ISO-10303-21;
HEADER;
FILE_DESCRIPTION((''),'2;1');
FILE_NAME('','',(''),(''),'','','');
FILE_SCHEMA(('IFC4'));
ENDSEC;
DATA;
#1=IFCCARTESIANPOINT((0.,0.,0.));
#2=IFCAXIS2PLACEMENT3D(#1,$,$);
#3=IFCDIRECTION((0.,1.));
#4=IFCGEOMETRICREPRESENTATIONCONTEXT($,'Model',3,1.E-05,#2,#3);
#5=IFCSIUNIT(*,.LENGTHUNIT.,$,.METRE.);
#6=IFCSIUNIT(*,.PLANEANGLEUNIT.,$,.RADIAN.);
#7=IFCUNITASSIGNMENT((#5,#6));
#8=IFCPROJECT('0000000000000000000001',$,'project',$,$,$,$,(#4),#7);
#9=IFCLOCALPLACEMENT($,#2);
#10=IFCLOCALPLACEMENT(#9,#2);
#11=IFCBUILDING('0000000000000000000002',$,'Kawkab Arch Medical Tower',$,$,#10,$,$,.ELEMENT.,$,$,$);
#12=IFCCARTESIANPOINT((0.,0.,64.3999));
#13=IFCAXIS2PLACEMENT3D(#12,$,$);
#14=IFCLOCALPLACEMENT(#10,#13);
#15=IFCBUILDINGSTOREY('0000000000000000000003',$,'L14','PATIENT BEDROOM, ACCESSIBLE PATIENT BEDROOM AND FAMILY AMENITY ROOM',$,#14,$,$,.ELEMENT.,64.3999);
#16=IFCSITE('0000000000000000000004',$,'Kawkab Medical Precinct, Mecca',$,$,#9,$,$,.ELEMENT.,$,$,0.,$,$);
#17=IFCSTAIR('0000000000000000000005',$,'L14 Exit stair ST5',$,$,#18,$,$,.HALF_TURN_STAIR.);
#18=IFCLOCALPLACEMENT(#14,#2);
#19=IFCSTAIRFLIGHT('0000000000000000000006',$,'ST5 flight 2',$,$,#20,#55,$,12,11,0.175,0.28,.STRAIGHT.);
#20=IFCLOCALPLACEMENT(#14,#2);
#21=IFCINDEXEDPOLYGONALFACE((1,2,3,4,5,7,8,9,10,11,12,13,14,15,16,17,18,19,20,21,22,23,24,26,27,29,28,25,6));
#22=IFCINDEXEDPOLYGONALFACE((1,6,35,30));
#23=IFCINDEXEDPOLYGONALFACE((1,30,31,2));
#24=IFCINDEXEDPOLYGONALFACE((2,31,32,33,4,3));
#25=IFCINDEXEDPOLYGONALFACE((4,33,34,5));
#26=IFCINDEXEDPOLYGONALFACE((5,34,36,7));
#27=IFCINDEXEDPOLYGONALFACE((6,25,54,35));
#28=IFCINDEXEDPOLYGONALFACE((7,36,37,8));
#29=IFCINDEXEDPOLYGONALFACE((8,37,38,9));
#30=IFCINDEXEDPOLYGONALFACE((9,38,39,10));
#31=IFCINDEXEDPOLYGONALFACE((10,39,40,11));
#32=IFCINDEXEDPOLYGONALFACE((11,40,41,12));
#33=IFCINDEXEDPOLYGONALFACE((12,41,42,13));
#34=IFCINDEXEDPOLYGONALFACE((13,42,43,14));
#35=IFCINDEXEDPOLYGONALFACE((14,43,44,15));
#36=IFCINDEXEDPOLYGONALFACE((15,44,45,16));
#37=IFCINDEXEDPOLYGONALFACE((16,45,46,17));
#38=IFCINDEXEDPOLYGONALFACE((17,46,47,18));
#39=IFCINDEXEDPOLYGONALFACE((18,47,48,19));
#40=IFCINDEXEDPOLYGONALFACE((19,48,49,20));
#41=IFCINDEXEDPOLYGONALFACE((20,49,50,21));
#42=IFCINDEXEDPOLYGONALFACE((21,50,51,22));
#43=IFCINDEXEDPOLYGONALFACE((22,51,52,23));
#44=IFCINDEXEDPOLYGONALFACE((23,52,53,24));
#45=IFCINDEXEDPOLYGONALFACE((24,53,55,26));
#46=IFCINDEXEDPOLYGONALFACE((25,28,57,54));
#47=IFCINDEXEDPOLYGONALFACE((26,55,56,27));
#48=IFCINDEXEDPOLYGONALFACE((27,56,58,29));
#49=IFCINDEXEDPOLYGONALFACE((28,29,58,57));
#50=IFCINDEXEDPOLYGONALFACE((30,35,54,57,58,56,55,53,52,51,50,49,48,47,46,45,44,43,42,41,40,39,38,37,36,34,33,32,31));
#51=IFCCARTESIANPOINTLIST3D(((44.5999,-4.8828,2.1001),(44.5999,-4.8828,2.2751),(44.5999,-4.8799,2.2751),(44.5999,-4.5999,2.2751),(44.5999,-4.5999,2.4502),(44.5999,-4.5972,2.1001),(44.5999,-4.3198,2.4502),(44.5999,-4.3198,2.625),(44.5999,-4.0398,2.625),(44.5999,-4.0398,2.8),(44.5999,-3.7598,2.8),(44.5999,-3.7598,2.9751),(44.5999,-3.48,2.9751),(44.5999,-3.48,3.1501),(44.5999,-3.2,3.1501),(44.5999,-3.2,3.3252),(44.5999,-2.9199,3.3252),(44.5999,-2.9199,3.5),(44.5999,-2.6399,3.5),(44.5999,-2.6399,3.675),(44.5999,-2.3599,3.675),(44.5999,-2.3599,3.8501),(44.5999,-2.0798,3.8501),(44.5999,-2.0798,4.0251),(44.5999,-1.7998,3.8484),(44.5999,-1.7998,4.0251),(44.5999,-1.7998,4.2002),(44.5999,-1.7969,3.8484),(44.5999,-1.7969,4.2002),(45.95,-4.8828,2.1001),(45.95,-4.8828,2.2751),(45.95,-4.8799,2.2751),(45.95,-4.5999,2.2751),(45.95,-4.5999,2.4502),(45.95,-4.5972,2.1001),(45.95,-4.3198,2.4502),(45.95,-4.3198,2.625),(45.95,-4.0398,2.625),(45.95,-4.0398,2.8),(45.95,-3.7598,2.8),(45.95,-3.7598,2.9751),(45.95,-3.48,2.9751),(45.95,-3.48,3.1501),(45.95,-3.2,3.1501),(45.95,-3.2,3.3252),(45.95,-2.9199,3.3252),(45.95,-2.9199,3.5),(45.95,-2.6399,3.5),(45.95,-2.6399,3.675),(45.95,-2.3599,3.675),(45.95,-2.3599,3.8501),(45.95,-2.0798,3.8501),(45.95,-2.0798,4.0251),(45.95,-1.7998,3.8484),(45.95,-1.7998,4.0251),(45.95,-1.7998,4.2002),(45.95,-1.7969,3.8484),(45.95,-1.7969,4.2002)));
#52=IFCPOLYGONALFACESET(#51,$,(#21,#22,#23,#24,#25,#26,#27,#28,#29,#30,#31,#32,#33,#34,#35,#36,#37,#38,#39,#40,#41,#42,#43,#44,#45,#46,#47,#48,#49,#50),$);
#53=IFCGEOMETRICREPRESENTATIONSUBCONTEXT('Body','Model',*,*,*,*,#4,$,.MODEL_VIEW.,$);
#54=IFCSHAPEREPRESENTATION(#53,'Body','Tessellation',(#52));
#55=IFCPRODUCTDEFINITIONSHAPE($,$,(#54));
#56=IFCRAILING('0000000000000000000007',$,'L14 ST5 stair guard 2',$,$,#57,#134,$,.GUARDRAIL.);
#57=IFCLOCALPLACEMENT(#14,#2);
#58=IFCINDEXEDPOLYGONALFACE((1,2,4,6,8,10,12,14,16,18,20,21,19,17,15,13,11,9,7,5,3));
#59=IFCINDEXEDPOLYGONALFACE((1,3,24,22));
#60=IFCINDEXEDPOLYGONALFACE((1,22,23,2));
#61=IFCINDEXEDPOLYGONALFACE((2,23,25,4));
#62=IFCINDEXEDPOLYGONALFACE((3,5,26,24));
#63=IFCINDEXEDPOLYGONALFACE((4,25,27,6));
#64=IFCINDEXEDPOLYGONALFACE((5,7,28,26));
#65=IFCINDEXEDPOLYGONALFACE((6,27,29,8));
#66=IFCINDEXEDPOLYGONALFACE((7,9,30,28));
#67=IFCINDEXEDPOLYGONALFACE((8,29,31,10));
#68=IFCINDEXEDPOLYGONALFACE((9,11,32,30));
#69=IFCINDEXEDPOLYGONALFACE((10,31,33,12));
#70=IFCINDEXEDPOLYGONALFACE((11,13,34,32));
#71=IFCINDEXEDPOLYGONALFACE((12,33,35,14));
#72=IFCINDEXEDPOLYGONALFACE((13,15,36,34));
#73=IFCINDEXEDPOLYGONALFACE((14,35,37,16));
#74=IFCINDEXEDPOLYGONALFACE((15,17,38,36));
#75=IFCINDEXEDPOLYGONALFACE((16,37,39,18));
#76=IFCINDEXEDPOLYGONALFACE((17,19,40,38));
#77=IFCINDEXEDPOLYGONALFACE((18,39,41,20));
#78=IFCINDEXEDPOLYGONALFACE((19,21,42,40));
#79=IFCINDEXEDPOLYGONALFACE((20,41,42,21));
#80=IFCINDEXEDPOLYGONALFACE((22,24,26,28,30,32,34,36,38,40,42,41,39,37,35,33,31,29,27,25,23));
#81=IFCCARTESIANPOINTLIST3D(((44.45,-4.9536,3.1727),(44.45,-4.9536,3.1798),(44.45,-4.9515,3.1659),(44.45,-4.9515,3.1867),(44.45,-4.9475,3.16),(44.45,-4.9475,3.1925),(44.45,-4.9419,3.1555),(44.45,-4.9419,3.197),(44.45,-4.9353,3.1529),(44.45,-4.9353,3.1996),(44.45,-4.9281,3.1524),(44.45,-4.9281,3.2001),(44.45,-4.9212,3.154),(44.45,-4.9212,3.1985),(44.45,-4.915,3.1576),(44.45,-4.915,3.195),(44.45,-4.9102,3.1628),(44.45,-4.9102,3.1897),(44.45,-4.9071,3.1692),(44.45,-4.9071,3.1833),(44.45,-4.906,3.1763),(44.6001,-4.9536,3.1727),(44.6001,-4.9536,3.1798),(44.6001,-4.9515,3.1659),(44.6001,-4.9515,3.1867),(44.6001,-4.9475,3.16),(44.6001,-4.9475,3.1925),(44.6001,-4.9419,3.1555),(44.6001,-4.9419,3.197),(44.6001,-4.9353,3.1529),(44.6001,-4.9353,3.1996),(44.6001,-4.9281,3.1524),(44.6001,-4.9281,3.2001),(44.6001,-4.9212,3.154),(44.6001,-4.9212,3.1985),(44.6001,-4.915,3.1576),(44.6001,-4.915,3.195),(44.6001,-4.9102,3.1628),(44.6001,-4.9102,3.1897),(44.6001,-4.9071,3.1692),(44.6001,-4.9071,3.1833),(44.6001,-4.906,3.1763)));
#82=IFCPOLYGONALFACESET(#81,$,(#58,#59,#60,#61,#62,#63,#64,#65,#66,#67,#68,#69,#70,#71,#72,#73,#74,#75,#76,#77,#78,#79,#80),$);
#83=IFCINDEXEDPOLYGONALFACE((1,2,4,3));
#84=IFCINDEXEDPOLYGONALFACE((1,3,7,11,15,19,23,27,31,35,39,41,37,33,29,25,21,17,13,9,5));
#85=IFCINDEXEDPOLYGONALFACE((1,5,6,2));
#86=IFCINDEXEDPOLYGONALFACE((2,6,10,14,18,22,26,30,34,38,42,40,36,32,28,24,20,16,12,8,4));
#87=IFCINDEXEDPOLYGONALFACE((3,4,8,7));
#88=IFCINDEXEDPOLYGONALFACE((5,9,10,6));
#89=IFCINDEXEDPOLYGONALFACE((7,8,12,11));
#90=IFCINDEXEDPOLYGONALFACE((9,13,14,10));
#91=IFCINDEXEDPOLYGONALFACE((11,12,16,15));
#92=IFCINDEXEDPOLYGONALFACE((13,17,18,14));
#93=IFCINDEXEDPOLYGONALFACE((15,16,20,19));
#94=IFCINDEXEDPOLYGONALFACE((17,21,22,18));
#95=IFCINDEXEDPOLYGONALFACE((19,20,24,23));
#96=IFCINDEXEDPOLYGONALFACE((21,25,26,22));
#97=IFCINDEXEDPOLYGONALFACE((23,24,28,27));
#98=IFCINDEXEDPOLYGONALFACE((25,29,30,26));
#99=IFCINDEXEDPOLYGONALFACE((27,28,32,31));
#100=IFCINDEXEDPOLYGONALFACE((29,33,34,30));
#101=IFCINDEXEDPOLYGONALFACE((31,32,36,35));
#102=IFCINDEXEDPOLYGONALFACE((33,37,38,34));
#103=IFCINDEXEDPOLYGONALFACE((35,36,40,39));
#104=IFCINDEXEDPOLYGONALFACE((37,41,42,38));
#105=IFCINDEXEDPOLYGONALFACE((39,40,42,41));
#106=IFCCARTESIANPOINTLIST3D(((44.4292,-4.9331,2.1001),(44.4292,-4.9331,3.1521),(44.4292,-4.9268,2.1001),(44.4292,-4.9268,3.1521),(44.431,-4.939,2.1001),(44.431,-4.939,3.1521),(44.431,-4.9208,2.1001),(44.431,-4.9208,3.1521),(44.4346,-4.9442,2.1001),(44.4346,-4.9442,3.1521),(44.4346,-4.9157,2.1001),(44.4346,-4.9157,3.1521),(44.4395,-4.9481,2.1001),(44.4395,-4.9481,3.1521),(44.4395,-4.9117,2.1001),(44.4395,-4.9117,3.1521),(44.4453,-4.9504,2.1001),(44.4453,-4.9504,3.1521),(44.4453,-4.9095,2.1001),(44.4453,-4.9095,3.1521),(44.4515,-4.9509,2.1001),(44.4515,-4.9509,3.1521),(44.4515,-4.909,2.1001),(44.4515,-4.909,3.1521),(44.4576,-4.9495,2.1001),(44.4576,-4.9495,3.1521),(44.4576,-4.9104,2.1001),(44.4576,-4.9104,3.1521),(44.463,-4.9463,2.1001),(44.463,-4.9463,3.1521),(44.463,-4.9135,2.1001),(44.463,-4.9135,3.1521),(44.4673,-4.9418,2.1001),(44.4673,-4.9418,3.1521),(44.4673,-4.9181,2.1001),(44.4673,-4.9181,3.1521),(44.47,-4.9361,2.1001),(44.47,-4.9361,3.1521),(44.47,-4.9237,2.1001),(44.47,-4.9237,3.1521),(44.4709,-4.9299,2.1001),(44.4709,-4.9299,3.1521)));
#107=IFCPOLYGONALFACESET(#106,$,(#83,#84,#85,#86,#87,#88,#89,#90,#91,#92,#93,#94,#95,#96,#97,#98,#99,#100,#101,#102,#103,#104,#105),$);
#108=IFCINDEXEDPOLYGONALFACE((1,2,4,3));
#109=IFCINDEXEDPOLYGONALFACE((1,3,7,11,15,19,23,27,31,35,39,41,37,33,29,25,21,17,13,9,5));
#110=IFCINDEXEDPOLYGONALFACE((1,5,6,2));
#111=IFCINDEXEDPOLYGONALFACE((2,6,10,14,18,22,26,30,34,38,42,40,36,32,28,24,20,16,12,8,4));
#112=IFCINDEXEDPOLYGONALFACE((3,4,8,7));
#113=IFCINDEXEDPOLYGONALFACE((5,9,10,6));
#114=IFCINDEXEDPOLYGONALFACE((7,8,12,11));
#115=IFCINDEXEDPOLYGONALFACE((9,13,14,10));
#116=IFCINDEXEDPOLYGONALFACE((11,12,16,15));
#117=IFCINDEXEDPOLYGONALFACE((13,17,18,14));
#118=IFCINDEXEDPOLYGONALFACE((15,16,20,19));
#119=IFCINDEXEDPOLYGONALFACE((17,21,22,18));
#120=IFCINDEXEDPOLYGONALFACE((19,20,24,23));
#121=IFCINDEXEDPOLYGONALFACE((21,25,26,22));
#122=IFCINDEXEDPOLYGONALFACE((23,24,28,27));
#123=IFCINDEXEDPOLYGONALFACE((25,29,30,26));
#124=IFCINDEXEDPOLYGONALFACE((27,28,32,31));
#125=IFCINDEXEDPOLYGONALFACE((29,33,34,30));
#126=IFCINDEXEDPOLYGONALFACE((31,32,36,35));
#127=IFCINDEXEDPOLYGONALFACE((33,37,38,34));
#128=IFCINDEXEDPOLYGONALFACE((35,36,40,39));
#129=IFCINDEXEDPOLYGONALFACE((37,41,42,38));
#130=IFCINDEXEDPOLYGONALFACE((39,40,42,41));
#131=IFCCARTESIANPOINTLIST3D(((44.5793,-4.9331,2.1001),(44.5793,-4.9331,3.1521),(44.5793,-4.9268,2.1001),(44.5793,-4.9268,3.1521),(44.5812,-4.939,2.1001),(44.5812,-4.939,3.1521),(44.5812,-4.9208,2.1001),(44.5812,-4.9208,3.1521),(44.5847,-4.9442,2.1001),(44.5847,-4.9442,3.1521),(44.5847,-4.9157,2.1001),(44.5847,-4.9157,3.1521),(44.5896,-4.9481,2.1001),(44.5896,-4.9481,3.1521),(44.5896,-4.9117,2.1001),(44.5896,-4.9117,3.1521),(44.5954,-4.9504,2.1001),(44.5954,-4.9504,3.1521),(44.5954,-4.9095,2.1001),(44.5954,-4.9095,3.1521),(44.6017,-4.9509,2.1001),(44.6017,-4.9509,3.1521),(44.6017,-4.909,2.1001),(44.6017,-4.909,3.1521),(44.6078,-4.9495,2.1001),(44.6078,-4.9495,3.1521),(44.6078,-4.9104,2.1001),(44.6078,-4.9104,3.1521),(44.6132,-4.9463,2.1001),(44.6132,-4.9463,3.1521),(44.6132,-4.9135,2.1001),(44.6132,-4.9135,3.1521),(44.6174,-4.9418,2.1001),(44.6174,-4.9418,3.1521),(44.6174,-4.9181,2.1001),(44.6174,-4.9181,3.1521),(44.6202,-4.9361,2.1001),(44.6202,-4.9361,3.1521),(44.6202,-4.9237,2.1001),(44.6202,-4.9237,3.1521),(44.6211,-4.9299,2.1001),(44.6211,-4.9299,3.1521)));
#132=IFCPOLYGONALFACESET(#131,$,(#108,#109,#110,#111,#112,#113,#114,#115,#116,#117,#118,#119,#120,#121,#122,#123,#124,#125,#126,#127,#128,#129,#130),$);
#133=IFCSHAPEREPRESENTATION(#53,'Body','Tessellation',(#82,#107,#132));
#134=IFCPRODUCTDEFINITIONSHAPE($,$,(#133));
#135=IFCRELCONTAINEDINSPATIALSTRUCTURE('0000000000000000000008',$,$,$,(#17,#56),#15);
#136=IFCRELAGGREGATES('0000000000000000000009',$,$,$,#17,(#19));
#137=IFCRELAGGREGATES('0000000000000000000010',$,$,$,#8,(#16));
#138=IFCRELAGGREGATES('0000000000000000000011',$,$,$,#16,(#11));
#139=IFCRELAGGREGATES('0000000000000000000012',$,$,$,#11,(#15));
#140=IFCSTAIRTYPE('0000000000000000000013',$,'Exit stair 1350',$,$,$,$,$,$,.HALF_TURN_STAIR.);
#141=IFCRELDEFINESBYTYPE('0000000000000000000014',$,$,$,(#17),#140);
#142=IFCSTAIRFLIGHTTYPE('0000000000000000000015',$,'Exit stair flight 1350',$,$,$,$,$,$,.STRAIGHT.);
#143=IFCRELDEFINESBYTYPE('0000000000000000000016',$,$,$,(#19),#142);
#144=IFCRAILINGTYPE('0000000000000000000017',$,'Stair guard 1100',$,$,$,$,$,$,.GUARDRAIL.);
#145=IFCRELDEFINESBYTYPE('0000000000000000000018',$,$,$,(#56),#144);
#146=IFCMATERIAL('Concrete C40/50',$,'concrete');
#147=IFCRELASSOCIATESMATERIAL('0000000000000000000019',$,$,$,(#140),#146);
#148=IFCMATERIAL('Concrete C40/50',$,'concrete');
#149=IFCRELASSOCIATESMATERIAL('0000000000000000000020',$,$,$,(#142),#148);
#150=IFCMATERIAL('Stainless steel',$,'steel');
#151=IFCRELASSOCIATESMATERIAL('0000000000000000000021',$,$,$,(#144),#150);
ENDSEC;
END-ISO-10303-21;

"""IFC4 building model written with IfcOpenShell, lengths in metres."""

from ifc_helpers import new_model, si_unit, direction, frame, origin, origin_2d, place, context, subcontext, project, spatial, polyline, circle, outline, extrude, material, type_object, element, aggregate, save


model = new_model("IFC4")

# Units and contexts
model_context = context("Model", 3, precision=1e-05, world=origin(), true_north=direction((0.0, 1.0)))
body_context = subcontext(model_context, "Body", "Model", "MODEL_VIEW")
ifc_project = project(units=[si_unit("LENGTHUNIT", "METRE"), si_unit("PLANEANGLEUNIT", "RADIAN")], contexts=[model_context])

# Site, building, storey
site_placement = place(None, origin())
site = spatial("IfcSite", under=ifc_project, at=site_placement, Name="Kawkab Medical Precinct, Mecca", CompositionType="ELEMENT", RefElevation=0.0)
building_placement = place(site_placement, origin())
building = spatial("IfcBuilding", under=site, at=building_placement, Name="Kawkab Arch Medical Tower", CompositionType="ELEMENT")
storey_placement = place(building_placement, frame((0.0, 0.0, 64.3999)))
storey = spatial("IfcBuildingStorey", under=building, at=storey_placement, Name="L14", Description="PATIENT BEDROOM, ACCESSIBLE PATIENT BEDROOM AND FAMILY AMENITY ROOM", CompositionType="ELEMENT", Elevation=64.3999)

# Stair, stair flight
ifc_material_1 = material(Name="Concrete C40/50", Category="concrete")
stair_type = type_object("IfcStairType", Name="Exit stair 1350", PredefinedType="HALF_TURN_STAIR", material=ifc_material_1)
stair_placement = place(storey_placement, origin())
stair = element("IfcStair", 1, at=stair_placement, inside=storey, type_object=stair_type, Name="L14 Exit stair ST5", PredefinedType="HALF_TURN_STAIR")
ifc_material_2 = material(Name="Concrete C40/50", Category="concrete")
stair_flight_type = type_object("IfcStairFlightType", Name="Exit stair flight 1350", PredefinedType="STRAIGHT", material=ifc_material_2)
stair_flight_1_placement = place(storey_placement, frame((45.2749, -4.8799, 2.1001), z_axis=(0.0, 0.0, 1.0), x_axis=(0.0, 1.0, 0.0)))
stair_flight_1 = element("IfcStairFlight", 2, at=stair_flight_1_placement, type_object=stair_flight_type, Name="ST5 flight 2", NumberOfRisers=12, NumberOfTreads=11, PredefinedType="STRAIGHT", RiserHeight=0.175, TreadLength=0.28, context=body_context, shape_type="SweptSolid", body=[
    extrude(outline(polyline([(-0.0029, 0.0), (-0.0029, 0.175), (0.0, 0.175), (0.28, 0.175), (0.28, 0.3501), (0.5601, 0.3501), (0.5601, 0.5249), (0.8401, 0.5249), (0.8401, 0.7), (1.1201, 0.7), (1.1201, 0.875), (1.3999, 0.875), (1.3999, 1.05), (1.6799, 1.05), (1.6799, 1.2251), (1.96, 1.2251), (1.96, 1.3999), (2.24, 1.3999), (2.24, 1.575), (2.52, 1.575), (2.52, 1.75), (2.8, 1.75), (2.8, 1.925), (3.0801, 1.925), (3.0801, 2.1001), (3.083, 2.1001), (3.083, 1.7483), (3.0801, 1.7483), (0.2827, 0.0), (-0.0029, 0.0)])), frame((0.0, 0.675, 0.0), z_axis=(0.0, -1.0, 0.0), x_axis=(1.0, 0.0, 0.0)), (0.0, 0.0, 1.0), 1.3501),
])
aggregate(stair, [stair_flight_1])

# Railing
ifc_material_3 = material(Name="Stainless steel", Category="steel")
railing_type = type_object("IfcRailingType", Name="Stair guard 1100", PredefinedType="GUARDRAIL", material=ifc_material_3)
railing_1_placement = place(storey_placement, frame((44.45, -4.9299, 2.1001)))
element("IfcRailing", 3, at=railing_1_placement, inside=storey, type_object=railing_type, Name="L14 ST5 stair guard 2", PredefinedType="GUARDRAIL", context=body_context, shape_type="SweptSolid", body=[
    extrude(circle(Radius=0.0239, at=origin_2d()), frame((0.0, 0.0, 1.0762), z_axis=(1.0, 0.0, 0.0), x_axis=(0.0, 1.0, 0.0)), (0.0, 0.0, 1.0), 0.1501),
    extrude(circle(Radius=0.021, at=origin_2d()), origin(), (0.0, 0.0, 1.0), 1.052),
    extrude(circle(Radius=0.021, at=origin_2d()), frame((0.1501, 0.0, 0.0)), (0.0, 0.0, 1.0), 1.052),
])

save(model, "model.ifc")
